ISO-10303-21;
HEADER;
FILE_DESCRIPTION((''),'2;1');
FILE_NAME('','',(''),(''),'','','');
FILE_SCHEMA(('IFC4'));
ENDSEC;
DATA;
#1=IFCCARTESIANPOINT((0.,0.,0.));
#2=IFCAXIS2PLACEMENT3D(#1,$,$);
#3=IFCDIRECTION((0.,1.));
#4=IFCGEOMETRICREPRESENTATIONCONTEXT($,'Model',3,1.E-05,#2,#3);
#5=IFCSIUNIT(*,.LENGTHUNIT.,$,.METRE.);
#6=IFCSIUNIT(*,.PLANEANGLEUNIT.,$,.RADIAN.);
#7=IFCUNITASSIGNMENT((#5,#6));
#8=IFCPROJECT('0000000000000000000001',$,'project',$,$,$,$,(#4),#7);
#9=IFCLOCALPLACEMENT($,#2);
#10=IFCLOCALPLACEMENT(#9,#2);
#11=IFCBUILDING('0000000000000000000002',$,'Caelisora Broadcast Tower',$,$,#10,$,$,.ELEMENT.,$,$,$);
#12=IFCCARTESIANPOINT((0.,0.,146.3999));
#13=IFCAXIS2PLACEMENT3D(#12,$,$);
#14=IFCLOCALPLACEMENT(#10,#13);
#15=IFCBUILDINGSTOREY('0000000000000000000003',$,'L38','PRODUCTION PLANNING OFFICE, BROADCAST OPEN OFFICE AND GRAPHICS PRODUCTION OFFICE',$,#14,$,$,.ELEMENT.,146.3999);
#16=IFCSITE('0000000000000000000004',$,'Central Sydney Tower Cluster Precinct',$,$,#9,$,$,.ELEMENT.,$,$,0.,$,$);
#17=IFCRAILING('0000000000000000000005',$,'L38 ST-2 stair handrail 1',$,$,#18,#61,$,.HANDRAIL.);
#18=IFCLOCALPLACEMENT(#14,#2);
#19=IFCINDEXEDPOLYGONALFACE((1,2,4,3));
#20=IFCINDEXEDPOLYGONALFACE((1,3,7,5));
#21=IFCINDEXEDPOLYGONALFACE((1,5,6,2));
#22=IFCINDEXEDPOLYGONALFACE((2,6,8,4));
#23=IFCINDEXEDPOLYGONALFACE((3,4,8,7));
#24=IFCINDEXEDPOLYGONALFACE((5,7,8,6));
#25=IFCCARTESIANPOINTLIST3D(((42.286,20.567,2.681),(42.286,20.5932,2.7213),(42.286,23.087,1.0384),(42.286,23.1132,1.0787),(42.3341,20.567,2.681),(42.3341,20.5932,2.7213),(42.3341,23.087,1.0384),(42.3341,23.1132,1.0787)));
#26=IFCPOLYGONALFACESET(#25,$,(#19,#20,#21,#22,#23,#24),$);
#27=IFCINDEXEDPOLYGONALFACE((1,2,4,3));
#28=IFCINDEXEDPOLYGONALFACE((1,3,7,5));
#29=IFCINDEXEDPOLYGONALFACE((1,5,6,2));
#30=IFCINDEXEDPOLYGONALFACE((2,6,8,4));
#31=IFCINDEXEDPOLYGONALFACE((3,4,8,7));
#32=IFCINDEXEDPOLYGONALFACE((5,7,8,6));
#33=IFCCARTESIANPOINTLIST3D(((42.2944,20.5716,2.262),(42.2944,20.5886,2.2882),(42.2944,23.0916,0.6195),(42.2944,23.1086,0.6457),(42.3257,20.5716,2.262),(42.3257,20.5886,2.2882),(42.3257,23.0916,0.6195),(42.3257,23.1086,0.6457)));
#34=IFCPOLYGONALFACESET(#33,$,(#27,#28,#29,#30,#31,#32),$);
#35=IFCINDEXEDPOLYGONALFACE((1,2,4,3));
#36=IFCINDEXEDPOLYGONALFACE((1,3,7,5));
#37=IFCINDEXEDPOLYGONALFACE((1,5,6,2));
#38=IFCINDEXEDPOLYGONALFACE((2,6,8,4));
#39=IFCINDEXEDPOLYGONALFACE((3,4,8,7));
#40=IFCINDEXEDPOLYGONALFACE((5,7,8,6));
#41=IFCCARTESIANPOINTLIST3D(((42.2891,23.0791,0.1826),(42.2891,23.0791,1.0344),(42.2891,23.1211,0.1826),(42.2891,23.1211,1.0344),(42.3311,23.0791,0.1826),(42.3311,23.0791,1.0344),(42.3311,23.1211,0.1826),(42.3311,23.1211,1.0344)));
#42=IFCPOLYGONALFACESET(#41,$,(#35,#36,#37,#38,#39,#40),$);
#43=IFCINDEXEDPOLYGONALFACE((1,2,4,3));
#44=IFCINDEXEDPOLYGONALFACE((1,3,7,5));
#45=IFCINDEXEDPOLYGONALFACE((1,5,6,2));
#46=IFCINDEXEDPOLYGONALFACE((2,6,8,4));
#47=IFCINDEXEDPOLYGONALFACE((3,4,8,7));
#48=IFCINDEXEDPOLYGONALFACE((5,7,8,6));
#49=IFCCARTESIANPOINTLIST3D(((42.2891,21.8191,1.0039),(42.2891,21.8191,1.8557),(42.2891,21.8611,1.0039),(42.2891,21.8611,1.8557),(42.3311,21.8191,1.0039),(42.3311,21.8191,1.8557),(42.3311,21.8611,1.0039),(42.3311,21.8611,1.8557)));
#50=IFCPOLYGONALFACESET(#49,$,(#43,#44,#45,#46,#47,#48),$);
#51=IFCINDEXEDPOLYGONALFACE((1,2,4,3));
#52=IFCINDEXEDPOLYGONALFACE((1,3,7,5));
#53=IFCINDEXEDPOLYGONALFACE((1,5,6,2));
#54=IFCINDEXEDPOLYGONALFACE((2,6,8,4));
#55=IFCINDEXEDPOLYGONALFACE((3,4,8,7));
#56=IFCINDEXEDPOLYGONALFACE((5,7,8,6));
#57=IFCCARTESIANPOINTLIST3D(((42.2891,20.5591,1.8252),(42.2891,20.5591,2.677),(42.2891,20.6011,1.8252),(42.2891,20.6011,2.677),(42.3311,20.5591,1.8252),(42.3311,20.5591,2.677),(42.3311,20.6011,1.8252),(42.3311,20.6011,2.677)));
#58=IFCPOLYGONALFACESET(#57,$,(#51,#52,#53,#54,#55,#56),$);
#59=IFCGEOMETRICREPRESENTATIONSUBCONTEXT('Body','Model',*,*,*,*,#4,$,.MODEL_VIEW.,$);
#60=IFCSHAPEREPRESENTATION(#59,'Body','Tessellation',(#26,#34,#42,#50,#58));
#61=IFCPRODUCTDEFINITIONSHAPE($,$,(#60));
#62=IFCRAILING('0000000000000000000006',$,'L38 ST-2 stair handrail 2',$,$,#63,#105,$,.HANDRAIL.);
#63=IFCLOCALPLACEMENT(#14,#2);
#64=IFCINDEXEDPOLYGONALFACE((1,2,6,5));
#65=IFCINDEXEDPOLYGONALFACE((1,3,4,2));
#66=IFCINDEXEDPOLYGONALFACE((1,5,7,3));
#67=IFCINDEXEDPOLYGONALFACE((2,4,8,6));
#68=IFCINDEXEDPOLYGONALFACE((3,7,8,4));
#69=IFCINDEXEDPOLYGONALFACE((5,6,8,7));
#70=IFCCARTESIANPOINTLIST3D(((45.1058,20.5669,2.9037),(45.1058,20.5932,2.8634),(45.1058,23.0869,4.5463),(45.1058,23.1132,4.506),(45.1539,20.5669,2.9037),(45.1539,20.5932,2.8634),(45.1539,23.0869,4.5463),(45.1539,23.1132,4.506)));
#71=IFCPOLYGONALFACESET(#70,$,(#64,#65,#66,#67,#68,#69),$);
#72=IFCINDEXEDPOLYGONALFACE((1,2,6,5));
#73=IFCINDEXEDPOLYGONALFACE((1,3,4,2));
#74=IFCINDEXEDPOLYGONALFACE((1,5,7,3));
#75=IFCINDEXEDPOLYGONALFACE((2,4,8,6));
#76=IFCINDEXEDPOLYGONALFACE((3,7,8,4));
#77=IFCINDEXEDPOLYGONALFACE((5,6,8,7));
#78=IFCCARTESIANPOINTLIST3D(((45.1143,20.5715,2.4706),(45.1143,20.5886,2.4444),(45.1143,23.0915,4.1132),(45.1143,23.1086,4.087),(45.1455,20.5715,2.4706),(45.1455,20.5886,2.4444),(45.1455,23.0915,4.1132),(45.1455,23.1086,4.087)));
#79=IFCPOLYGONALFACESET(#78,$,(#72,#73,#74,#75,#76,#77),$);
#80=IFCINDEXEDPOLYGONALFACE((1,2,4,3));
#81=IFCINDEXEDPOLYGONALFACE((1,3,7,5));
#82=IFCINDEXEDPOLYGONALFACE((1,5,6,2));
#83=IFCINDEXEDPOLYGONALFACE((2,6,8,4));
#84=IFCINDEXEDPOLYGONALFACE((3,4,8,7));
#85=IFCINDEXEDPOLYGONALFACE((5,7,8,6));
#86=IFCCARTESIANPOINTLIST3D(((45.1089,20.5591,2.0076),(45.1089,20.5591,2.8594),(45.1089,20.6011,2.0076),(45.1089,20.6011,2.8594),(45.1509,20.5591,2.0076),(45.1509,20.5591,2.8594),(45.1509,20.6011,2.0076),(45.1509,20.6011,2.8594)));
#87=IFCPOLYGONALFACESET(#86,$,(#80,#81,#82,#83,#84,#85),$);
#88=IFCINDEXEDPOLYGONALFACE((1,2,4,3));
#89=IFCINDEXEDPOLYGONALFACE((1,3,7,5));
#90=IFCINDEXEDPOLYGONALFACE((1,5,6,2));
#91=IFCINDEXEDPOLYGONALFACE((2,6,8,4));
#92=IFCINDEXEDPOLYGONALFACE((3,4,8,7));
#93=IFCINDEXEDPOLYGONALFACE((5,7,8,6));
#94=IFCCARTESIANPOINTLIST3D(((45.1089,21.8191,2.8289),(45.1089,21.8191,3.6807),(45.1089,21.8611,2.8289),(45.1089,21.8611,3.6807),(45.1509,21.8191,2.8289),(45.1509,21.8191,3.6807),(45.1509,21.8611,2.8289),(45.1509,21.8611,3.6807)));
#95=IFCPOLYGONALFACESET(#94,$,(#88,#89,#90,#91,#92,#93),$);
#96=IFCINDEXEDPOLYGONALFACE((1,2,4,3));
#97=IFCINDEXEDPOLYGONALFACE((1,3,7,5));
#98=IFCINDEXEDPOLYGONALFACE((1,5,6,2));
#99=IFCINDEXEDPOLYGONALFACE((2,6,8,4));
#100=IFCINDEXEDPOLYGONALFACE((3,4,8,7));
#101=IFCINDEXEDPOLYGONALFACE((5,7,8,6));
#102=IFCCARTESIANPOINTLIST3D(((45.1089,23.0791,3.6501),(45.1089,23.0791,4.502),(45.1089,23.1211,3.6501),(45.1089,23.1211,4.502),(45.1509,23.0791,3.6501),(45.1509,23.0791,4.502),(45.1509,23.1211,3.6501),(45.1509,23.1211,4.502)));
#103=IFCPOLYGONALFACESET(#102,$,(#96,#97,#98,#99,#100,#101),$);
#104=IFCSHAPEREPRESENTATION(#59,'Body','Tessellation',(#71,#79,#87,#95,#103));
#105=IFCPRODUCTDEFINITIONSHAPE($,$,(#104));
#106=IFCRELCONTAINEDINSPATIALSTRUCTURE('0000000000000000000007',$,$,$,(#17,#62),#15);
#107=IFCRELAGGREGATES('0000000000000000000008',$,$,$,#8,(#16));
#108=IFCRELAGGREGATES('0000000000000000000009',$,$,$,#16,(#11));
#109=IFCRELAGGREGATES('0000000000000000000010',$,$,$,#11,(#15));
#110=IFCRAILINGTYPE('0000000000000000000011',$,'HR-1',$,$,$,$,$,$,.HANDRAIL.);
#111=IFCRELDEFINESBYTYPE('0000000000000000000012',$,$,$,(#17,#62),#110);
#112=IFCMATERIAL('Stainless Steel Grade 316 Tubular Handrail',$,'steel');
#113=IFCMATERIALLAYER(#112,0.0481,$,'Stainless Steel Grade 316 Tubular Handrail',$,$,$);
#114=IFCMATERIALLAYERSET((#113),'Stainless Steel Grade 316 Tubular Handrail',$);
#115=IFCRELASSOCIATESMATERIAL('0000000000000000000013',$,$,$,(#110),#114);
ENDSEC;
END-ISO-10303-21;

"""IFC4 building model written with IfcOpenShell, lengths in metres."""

from ifc_helpers import new_model, si_unit, direction, frame, origin, origin_2d, place, context, subcontext, project, spatial, rectangle, extrude, material, layer, layer_set, type_object, element, save


model = new_model("IFC4")

# Units and contexts
model_context = context("Model", 3, precision=1e-05, world=origin(), true_north=direction((0.0, 1.0)))
body_context = subcontext(model_context, "Body", "Model", "MODEL_VIEW")
ifc_project = project(units=[si_unit("LENGTHUNIT", "METRE"), si_unit("PLANEANGLEUNIT", "RADIAN")], contexts=[model_context])

# Site, building, storey
site_placement = place(None, origin())
site = spatial("IfcSite", under=ifc_project, at=site_placement, Name="Central Sydney Tower Cluster Precinct", CompositionType="ELEMENT", RefElevation=0.0)
building_placement = place(site_placement, origin())
building = spatial("IfcBuilding", under=site, at=building_placement, Name="Caelisora Broadcast Tower", CompositionType="ELEMENT")
storey_placement = place(building_placement, frame((0.0, 0.0, 146.3999)))
storey = spatial("IfcBuildingStorey", under=building, at=storey_placement, Name="L38", Description="PRODUCTION PLANNING OFFICE, BROADCAST OPEN OFFICE AND GRAPHICS PRODUCTION OFFICE", CompositionType="ELEMENT", Elevation=146.3999)

# Railings
ifc_material_1 = material(Name="Stainless Steel Grade 316 Tubular Handrail", Category="steel")
ifc_layer_1 = layer(ifc_material_1, 0.0481, Name="Stainless Steel Grade 316 Tubular Handrail")
ifc_layer_set_1 = layer_set([ifc_layer_1], Name="Stainless Steel Grade 316 Tubular Handrail")
railing_type_1 = type_object("IfcRailingType", Name="HR-1", PredefinedType="HANDRAIL", material=ifc_layer_set_1)
railing_1_placement = place(storey_placement, frame((42.3101, 23.1001, 0.1826)))
element("IfcRailing", 1, at=railing_1_placement, inside=storey, type_object=railing_type_1, Name="L38 ST-2 stair handrail 1", PredefinedType="HANDRAIL", context=body_context, shape_type="SweptSolid", body=[
    extrude(rectangle(XDim=0.0481, YDim=0.0481, at=origin_2d()), frame((0.0, 0.0, 0.876), z_axis=(0.0, -0.837749, 0.546055), x_axis=(1.0, 0.0, 0.0)), (0.0, 0.0, 1.0), 3.0081),
    extrude(rectangle(XDim=0.0312, YDim=0.0312, at=origin_2d()), frame((0.0, 0.0, 0.45), z_axis=(0.0, -0.837749, 0.546055), x_axis=(1.0, 0.0, 0.0)), (0.0, 0.0, 1.0), 3.0081),
    extrude(rectangle(XDim=0.042, YDim=0.042, at=origin_2d()), origin(), (0.0, 0.0, 1.0), 0.8518),
    extrude(rectangle(XDim=0.042, YDim=0.042, at=origin_2d()), frame((0.0, -1.26, 0.8213)), (0.0, 0.0, 1.0), 0.8518),
    extrude(rectangle(XDim=0.042, YDim=0.042, at=origin_2d()), frame((0.0, -2.52, 1.6426)), (0.0, 0.0, 1.0), 0.8518),
])
railing_2_placement = place(storey_placement, frame((45.1299, 20.5801, 2.0076)))
element("IfcRailing", 2, at=railing_2_placement, inside=storey, type_object=railing_type_1, Name="L38 ST-2 stair handrail 2", PredefinedType="HANDRAIL", context=body_context, shape_type="SweptSolid", body=[
    extrude(rectangle(XDim=0.0481, YDim=0.0481, at=origin_2d()), frame((0.0, 0.0, 0.876), z_axis=(0.0, 0.837749, 0.546055), x_axis=(-1.0, 0.0, 0.0)), (0.0, 0.0, 1.0), 3.0081),
    extrude(rectangle(XDim=0.0312, YDim=0.0312, at=origin_2d()), frame((0.0, 0.0, 0.45), z_axis=(0.0, 0.837749, 0.546055), x_axis=(-1.0, 0.0, 0.0)), (0.0, 0.0, 1.0), 3.0081),
    extrude(rectangle(XDim=0.042, YDim=0.042, at=origin_2d()), origin(), (0.0, 0.0, 1.0), 0.8518),
    extrude(rectangle(XDim=0.042, YDim=0.042, at=origin_2d()), frame((0.0, 1.26, 0.8213)), (0.0, 0.0, 1.0), 0.8518),
    extrude(rectangle(XDim=0.042, YDim=0.042, at=origin_2d()), frame((0.0, 2.52, 1.6426)), (0.0, 0.0, 1.0), 0.8518),
])

save(model, "model.ifc")
